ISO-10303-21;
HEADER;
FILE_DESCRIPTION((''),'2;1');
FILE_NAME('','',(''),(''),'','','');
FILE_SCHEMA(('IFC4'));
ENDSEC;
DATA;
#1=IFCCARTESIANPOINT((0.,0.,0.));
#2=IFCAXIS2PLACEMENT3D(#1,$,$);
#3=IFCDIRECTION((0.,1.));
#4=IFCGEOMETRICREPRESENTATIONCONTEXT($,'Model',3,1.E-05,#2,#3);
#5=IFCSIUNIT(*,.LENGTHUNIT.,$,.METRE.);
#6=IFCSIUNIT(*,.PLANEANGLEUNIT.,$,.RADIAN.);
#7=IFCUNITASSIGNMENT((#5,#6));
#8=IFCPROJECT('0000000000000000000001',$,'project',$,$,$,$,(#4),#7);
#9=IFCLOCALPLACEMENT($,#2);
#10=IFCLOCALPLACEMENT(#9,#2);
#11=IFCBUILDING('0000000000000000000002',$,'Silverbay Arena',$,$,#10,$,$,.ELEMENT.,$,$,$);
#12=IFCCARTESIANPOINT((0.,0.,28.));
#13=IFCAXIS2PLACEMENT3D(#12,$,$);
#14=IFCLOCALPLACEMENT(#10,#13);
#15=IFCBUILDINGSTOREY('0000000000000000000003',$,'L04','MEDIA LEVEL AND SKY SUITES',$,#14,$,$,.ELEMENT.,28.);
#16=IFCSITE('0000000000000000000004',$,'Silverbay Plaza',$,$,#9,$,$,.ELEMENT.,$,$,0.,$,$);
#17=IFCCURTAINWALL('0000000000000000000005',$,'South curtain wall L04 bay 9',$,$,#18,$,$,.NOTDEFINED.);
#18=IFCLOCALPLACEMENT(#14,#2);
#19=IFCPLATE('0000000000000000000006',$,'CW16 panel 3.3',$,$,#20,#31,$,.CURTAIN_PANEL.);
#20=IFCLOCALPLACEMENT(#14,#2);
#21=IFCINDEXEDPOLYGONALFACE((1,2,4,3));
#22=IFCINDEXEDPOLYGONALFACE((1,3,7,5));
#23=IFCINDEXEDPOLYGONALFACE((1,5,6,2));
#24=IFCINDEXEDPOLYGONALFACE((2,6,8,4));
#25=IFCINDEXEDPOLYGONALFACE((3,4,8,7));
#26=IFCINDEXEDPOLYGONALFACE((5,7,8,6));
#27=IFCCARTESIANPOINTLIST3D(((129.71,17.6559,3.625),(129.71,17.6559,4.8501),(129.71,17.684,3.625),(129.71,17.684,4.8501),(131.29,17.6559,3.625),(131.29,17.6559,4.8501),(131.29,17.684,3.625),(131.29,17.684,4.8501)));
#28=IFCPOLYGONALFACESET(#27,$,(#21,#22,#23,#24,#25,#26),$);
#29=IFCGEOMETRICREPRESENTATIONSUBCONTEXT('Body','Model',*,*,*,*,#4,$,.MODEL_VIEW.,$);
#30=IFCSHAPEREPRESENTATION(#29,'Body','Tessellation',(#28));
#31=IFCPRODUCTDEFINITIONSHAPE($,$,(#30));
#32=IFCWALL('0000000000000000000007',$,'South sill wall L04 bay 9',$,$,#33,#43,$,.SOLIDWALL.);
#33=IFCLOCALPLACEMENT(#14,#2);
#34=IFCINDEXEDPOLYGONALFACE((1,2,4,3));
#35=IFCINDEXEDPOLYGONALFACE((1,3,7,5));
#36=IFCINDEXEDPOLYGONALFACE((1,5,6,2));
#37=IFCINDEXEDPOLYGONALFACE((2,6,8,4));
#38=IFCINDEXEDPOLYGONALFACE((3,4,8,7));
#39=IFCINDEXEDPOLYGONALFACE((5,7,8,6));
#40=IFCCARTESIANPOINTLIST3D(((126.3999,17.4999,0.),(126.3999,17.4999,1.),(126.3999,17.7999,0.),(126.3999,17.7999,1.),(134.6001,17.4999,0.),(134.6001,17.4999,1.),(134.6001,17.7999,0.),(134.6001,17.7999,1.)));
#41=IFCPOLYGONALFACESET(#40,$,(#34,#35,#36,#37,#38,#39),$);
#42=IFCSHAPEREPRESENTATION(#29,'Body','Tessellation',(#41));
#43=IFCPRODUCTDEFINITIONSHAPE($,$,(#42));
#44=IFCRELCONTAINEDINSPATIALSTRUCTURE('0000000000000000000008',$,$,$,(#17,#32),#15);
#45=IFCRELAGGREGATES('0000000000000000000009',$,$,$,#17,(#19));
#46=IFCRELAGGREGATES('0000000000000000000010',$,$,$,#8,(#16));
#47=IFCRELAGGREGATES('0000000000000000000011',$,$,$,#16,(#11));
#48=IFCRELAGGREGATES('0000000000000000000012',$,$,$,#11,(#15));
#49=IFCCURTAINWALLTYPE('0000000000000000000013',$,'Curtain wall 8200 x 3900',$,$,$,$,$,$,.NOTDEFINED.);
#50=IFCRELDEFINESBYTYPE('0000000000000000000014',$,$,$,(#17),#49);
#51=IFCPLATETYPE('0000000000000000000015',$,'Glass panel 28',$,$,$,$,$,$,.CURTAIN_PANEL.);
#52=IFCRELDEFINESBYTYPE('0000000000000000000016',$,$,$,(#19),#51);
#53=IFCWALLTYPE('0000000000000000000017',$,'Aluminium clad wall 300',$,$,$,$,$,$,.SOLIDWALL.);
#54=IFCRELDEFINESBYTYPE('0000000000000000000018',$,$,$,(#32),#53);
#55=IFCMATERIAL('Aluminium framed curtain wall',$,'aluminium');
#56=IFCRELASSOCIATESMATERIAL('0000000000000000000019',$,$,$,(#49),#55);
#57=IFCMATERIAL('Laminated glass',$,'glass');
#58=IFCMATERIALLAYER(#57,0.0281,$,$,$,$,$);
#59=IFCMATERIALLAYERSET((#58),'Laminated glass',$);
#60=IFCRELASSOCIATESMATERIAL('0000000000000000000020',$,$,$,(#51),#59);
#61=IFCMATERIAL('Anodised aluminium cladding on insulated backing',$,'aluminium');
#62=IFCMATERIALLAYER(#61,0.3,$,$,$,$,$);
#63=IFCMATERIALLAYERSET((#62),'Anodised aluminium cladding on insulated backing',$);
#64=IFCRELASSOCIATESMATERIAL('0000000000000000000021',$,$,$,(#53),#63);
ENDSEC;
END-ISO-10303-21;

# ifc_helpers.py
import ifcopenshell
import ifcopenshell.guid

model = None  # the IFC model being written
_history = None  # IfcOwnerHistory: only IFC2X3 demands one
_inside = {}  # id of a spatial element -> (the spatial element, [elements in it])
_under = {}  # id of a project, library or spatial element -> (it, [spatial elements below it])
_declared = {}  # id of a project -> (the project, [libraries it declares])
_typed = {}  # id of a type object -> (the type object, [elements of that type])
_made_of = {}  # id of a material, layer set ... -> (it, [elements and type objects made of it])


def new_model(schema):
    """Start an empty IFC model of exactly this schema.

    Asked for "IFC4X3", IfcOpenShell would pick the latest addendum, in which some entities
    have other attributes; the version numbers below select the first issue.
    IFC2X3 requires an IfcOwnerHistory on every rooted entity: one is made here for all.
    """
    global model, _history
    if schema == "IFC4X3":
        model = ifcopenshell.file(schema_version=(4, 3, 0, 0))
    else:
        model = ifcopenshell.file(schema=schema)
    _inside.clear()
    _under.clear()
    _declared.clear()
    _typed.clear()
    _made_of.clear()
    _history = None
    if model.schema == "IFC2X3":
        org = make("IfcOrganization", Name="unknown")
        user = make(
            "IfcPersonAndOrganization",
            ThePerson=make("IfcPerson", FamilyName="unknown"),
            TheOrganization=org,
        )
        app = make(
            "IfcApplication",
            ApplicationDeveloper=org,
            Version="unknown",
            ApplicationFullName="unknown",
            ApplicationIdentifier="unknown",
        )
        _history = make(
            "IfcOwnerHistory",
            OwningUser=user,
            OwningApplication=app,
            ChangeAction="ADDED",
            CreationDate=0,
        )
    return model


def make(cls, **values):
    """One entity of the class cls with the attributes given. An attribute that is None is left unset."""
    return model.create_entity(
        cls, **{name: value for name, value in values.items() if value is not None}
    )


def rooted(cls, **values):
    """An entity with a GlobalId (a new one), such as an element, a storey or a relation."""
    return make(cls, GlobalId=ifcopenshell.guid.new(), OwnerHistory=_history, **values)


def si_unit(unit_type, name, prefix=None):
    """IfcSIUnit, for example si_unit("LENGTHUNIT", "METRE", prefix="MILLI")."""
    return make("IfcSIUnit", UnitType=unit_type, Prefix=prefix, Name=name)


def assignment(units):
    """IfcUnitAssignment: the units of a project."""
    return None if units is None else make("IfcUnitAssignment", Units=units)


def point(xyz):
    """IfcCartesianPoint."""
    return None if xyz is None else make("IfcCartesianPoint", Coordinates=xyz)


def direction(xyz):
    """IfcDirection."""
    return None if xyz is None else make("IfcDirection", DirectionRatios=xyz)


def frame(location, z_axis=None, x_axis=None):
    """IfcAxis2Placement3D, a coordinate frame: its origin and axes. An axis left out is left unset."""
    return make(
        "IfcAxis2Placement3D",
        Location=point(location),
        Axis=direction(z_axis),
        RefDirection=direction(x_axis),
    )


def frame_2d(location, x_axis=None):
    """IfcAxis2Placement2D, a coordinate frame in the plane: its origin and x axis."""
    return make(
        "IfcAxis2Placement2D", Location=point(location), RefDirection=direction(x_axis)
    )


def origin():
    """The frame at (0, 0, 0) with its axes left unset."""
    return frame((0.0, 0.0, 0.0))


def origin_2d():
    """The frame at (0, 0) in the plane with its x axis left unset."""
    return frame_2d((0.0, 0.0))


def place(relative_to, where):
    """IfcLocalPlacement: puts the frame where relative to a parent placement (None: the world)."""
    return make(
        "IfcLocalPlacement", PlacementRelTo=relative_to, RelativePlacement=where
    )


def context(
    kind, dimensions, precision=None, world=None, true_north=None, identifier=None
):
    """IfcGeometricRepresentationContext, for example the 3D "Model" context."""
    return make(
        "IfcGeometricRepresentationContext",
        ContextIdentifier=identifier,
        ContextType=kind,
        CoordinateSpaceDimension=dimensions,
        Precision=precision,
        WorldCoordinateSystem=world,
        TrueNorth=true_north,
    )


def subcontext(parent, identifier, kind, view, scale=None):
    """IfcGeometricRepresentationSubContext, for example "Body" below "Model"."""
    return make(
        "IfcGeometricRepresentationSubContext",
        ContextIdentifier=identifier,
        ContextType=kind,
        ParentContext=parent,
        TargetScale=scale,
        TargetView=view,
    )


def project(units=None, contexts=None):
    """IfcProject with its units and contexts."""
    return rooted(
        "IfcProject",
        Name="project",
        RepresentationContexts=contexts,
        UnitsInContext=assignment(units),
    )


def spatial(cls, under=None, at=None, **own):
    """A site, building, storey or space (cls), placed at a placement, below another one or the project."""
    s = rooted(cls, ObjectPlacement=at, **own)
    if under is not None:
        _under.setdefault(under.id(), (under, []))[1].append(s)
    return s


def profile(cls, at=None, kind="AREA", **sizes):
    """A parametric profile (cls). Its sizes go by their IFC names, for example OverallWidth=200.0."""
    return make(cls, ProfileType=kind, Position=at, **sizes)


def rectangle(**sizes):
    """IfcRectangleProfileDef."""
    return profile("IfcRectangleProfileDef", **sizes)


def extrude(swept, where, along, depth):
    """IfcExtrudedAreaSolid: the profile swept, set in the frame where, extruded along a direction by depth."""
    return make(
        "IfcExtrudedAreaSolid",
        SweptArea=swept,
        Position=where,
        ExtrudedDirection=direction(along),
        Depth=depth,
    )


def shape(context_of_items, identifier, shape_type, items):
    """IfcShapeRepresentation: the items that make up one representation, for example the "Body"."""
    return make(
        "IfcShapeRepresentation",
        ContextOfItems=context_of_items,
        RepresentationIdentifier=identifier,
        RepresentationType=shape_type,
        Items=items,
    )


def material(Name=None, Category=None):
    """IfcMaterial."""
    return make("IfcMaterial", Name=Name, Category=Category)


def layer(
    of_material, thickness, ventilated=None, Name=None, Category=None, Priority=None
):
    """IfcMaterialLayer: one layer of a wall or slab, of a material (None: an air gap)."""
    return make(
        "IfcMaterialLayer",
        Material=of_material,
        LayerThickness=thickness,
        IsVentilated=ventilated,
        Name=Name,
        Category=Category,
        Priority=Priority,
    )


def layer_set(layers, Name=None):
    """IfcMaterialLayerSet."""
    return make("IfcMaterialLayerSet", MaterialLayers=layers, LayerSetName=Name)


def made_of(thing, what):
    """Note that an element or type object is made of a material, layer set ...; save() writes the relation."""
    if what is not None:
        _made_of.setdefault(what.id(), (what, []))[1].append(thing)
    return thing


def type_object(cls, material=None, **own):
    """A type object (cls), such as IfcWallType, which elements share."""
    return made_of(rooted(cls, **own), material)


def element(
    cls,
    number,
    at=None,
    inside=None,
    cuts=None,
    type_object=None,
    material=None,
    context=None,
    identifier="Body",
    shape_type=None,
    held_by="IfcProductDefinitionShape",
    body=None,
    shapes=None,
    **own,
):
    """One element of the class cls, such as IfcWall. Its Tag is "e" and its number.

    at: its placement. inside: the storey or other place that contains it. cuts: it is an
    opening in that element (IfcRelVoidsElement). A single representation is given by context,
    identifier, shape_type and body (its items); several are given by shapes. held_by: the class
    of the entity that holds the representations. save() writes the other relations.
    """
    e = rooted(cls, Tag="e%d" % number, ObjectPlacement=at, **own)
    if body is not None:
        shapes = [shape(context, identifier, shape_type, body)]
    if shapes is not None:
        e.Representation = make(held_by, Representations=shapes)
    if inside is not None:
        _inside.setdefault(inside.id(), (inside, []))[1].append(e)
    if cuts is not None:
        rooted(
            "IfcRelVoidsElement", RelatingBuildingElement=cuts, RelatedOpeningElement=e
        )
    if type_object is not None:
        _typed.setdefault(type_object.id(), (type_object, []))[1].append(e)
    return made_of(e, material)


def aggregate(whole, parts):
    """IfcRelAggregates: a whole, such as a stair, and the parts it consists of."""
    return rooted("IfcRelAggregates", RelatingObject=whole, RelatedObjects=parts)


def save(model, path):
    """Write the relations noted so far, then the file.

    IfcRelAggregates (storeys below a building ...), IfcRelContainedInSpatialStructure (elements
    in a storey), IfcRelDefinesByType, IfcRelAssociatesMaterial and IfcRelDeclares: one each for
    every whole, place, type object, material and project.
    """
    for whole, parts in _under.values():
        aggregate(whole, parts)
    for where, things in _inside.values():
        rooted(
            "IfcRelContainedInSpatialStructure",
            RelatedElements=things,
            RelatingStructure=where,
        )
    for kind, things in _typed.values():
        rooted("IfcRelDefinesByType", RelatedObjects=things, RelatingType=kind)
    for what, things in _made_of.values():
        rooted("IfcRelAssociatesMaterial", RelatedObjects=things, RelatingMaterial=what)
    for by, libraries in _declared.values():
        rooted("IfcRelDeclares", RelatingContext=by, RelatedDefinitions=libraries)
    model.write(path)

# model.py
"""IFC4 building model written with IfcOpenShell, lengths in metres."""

from ifc_helpers import new_model, si_unit, direction, frame, frame_2d, origin, origin_2d, place, context, subcontext, project, spatial, rectangle, extrude, material, layer, layer_set, type_object, element, aggregate, save


model = new_model("IFC4")

# Units and contexts
model_context = context("Model", 3, precision=1e-05, world=origin(), true_north=direction((0.0, 1.0)))
body_context = subcontext(model_context, "Body", "Model", "MODEL_VIEW")
ifc_project = project(units=[si_unit("LENGTHUNIT", "METRE"), si_unit("PLANEANGLEUNIT", "RADIAN")], contexts=[model_context])

# Site, building, storey
site_placement = place(None, origin())
site = spatial("IfcSite", under=ifc_project, at=site_placement, Name="Silverbay Plaza", CompositionType="ELEMENT", RefElevation=0.0)
building_placement = place(site_placement, origin())
building = spatial("IfcBuilding", under=site, at=building_placement, Name="Silverbay Arena", CompositionType="ELEMENT")
storey_placement = place(building_placement, frame((0.0, 0.0, 28.0)))
storey = spatial("IfcBuildingStorey", under=building, at=storey_placement, Name="L04", Description="MEDIA LEVEL AND SKY SUITES", CompositionType="ELEMENT", Elevation=28.0)

# Curtain wall
ifc_material_1 = material(Name="Aluminium framed curtain wall", Category="aluminium")
curtain_wall_type = type_object("IfcCurtainWallType", Name="Curtain wall 8200 x 3900", PredefinedType="NOTDEFINED", material=ifc_material_1)
curtain_wall_placement = place(storey_placement, origin())
curtain_wall = element("IfcCurtainWall", 1, at=curtain_wall_placement, inside=storey, type_object=curtain_wall_type, Name="South curtain wall L04 bay 9", PredefinedType="NOTDEFINED")

# Plate
ifc_material_2 = material(Name="Laminated glass", Category="glass")
ifc_layer_1 = layer(ifc_material_2, 0.0281)
ifc_layer_set_1 = layer_set([ifc_layer_1], Name="Laminated glass")
plate_type = type_object("IfcPlateType", Name="Glass panel 28", PredefinedType="CURTAIN_PANEL", material=ifc_layer_set_1)
plate_1_placement = place(storey_placement, frame((130.5, 17.6699, 3.625), z_axis=(0.0, 0.0, 1.0), x_axis=(1.0, 0.0, 0.0)))
plate_1 = element("IfcPlate", 2, at=plate_1_placement, type_object=plate_type, Name="CW16 panel 3.3", PredefinedType="CURTAIN_PANEL", context=body_context, shape_type="SweptSolid", body=[
    extrude(rectangle(XDim=1.5801, YDim=0.0281, at=origin_2d()), origin(), (0.0, 0.0, 1.0), 1.2251),
])
aggregate(curtain_wall, [plate_1])

# Wall
ifc_material_3 = material(Name="Anodised aluminium cladding on insulated backing", Category="aluminium")
ifc_layer_2 = layer(ifc_material_3, 0.3)
ifc_layer_set_2 = layer_set([ifc_layer_2], Name="Anodised aluminium cladding on insulated backing")
wall_type = type_object("IfcWallType", Name="Aluminium clad wall 300", PredefinedType="SOLIDWALL", material=ifc_layer_set_2)
wall_placement = place(storey_placement, frame((126.3999, 17.6499, 0.0), z_axis=(0.0, 0.0, 1.0), x_axis=(1.0, 0.0, 0.0)))
element("IfcWall", 3, at=wall_placement, inside=storey, type_object=wall_type, Name="South sill wall L04 bay 9", PredefinedType="SOLIDWALL", context=body_context, shape_type="SweptSolid", body=[
    extrude(rectangle(XDim=8.2002, YDim=0.3, at=frame_2d((4.1001, 0.0))), origin(), (0.0, 0.0, 1.0), 1.0),
])

save(model, "model.ifc")
